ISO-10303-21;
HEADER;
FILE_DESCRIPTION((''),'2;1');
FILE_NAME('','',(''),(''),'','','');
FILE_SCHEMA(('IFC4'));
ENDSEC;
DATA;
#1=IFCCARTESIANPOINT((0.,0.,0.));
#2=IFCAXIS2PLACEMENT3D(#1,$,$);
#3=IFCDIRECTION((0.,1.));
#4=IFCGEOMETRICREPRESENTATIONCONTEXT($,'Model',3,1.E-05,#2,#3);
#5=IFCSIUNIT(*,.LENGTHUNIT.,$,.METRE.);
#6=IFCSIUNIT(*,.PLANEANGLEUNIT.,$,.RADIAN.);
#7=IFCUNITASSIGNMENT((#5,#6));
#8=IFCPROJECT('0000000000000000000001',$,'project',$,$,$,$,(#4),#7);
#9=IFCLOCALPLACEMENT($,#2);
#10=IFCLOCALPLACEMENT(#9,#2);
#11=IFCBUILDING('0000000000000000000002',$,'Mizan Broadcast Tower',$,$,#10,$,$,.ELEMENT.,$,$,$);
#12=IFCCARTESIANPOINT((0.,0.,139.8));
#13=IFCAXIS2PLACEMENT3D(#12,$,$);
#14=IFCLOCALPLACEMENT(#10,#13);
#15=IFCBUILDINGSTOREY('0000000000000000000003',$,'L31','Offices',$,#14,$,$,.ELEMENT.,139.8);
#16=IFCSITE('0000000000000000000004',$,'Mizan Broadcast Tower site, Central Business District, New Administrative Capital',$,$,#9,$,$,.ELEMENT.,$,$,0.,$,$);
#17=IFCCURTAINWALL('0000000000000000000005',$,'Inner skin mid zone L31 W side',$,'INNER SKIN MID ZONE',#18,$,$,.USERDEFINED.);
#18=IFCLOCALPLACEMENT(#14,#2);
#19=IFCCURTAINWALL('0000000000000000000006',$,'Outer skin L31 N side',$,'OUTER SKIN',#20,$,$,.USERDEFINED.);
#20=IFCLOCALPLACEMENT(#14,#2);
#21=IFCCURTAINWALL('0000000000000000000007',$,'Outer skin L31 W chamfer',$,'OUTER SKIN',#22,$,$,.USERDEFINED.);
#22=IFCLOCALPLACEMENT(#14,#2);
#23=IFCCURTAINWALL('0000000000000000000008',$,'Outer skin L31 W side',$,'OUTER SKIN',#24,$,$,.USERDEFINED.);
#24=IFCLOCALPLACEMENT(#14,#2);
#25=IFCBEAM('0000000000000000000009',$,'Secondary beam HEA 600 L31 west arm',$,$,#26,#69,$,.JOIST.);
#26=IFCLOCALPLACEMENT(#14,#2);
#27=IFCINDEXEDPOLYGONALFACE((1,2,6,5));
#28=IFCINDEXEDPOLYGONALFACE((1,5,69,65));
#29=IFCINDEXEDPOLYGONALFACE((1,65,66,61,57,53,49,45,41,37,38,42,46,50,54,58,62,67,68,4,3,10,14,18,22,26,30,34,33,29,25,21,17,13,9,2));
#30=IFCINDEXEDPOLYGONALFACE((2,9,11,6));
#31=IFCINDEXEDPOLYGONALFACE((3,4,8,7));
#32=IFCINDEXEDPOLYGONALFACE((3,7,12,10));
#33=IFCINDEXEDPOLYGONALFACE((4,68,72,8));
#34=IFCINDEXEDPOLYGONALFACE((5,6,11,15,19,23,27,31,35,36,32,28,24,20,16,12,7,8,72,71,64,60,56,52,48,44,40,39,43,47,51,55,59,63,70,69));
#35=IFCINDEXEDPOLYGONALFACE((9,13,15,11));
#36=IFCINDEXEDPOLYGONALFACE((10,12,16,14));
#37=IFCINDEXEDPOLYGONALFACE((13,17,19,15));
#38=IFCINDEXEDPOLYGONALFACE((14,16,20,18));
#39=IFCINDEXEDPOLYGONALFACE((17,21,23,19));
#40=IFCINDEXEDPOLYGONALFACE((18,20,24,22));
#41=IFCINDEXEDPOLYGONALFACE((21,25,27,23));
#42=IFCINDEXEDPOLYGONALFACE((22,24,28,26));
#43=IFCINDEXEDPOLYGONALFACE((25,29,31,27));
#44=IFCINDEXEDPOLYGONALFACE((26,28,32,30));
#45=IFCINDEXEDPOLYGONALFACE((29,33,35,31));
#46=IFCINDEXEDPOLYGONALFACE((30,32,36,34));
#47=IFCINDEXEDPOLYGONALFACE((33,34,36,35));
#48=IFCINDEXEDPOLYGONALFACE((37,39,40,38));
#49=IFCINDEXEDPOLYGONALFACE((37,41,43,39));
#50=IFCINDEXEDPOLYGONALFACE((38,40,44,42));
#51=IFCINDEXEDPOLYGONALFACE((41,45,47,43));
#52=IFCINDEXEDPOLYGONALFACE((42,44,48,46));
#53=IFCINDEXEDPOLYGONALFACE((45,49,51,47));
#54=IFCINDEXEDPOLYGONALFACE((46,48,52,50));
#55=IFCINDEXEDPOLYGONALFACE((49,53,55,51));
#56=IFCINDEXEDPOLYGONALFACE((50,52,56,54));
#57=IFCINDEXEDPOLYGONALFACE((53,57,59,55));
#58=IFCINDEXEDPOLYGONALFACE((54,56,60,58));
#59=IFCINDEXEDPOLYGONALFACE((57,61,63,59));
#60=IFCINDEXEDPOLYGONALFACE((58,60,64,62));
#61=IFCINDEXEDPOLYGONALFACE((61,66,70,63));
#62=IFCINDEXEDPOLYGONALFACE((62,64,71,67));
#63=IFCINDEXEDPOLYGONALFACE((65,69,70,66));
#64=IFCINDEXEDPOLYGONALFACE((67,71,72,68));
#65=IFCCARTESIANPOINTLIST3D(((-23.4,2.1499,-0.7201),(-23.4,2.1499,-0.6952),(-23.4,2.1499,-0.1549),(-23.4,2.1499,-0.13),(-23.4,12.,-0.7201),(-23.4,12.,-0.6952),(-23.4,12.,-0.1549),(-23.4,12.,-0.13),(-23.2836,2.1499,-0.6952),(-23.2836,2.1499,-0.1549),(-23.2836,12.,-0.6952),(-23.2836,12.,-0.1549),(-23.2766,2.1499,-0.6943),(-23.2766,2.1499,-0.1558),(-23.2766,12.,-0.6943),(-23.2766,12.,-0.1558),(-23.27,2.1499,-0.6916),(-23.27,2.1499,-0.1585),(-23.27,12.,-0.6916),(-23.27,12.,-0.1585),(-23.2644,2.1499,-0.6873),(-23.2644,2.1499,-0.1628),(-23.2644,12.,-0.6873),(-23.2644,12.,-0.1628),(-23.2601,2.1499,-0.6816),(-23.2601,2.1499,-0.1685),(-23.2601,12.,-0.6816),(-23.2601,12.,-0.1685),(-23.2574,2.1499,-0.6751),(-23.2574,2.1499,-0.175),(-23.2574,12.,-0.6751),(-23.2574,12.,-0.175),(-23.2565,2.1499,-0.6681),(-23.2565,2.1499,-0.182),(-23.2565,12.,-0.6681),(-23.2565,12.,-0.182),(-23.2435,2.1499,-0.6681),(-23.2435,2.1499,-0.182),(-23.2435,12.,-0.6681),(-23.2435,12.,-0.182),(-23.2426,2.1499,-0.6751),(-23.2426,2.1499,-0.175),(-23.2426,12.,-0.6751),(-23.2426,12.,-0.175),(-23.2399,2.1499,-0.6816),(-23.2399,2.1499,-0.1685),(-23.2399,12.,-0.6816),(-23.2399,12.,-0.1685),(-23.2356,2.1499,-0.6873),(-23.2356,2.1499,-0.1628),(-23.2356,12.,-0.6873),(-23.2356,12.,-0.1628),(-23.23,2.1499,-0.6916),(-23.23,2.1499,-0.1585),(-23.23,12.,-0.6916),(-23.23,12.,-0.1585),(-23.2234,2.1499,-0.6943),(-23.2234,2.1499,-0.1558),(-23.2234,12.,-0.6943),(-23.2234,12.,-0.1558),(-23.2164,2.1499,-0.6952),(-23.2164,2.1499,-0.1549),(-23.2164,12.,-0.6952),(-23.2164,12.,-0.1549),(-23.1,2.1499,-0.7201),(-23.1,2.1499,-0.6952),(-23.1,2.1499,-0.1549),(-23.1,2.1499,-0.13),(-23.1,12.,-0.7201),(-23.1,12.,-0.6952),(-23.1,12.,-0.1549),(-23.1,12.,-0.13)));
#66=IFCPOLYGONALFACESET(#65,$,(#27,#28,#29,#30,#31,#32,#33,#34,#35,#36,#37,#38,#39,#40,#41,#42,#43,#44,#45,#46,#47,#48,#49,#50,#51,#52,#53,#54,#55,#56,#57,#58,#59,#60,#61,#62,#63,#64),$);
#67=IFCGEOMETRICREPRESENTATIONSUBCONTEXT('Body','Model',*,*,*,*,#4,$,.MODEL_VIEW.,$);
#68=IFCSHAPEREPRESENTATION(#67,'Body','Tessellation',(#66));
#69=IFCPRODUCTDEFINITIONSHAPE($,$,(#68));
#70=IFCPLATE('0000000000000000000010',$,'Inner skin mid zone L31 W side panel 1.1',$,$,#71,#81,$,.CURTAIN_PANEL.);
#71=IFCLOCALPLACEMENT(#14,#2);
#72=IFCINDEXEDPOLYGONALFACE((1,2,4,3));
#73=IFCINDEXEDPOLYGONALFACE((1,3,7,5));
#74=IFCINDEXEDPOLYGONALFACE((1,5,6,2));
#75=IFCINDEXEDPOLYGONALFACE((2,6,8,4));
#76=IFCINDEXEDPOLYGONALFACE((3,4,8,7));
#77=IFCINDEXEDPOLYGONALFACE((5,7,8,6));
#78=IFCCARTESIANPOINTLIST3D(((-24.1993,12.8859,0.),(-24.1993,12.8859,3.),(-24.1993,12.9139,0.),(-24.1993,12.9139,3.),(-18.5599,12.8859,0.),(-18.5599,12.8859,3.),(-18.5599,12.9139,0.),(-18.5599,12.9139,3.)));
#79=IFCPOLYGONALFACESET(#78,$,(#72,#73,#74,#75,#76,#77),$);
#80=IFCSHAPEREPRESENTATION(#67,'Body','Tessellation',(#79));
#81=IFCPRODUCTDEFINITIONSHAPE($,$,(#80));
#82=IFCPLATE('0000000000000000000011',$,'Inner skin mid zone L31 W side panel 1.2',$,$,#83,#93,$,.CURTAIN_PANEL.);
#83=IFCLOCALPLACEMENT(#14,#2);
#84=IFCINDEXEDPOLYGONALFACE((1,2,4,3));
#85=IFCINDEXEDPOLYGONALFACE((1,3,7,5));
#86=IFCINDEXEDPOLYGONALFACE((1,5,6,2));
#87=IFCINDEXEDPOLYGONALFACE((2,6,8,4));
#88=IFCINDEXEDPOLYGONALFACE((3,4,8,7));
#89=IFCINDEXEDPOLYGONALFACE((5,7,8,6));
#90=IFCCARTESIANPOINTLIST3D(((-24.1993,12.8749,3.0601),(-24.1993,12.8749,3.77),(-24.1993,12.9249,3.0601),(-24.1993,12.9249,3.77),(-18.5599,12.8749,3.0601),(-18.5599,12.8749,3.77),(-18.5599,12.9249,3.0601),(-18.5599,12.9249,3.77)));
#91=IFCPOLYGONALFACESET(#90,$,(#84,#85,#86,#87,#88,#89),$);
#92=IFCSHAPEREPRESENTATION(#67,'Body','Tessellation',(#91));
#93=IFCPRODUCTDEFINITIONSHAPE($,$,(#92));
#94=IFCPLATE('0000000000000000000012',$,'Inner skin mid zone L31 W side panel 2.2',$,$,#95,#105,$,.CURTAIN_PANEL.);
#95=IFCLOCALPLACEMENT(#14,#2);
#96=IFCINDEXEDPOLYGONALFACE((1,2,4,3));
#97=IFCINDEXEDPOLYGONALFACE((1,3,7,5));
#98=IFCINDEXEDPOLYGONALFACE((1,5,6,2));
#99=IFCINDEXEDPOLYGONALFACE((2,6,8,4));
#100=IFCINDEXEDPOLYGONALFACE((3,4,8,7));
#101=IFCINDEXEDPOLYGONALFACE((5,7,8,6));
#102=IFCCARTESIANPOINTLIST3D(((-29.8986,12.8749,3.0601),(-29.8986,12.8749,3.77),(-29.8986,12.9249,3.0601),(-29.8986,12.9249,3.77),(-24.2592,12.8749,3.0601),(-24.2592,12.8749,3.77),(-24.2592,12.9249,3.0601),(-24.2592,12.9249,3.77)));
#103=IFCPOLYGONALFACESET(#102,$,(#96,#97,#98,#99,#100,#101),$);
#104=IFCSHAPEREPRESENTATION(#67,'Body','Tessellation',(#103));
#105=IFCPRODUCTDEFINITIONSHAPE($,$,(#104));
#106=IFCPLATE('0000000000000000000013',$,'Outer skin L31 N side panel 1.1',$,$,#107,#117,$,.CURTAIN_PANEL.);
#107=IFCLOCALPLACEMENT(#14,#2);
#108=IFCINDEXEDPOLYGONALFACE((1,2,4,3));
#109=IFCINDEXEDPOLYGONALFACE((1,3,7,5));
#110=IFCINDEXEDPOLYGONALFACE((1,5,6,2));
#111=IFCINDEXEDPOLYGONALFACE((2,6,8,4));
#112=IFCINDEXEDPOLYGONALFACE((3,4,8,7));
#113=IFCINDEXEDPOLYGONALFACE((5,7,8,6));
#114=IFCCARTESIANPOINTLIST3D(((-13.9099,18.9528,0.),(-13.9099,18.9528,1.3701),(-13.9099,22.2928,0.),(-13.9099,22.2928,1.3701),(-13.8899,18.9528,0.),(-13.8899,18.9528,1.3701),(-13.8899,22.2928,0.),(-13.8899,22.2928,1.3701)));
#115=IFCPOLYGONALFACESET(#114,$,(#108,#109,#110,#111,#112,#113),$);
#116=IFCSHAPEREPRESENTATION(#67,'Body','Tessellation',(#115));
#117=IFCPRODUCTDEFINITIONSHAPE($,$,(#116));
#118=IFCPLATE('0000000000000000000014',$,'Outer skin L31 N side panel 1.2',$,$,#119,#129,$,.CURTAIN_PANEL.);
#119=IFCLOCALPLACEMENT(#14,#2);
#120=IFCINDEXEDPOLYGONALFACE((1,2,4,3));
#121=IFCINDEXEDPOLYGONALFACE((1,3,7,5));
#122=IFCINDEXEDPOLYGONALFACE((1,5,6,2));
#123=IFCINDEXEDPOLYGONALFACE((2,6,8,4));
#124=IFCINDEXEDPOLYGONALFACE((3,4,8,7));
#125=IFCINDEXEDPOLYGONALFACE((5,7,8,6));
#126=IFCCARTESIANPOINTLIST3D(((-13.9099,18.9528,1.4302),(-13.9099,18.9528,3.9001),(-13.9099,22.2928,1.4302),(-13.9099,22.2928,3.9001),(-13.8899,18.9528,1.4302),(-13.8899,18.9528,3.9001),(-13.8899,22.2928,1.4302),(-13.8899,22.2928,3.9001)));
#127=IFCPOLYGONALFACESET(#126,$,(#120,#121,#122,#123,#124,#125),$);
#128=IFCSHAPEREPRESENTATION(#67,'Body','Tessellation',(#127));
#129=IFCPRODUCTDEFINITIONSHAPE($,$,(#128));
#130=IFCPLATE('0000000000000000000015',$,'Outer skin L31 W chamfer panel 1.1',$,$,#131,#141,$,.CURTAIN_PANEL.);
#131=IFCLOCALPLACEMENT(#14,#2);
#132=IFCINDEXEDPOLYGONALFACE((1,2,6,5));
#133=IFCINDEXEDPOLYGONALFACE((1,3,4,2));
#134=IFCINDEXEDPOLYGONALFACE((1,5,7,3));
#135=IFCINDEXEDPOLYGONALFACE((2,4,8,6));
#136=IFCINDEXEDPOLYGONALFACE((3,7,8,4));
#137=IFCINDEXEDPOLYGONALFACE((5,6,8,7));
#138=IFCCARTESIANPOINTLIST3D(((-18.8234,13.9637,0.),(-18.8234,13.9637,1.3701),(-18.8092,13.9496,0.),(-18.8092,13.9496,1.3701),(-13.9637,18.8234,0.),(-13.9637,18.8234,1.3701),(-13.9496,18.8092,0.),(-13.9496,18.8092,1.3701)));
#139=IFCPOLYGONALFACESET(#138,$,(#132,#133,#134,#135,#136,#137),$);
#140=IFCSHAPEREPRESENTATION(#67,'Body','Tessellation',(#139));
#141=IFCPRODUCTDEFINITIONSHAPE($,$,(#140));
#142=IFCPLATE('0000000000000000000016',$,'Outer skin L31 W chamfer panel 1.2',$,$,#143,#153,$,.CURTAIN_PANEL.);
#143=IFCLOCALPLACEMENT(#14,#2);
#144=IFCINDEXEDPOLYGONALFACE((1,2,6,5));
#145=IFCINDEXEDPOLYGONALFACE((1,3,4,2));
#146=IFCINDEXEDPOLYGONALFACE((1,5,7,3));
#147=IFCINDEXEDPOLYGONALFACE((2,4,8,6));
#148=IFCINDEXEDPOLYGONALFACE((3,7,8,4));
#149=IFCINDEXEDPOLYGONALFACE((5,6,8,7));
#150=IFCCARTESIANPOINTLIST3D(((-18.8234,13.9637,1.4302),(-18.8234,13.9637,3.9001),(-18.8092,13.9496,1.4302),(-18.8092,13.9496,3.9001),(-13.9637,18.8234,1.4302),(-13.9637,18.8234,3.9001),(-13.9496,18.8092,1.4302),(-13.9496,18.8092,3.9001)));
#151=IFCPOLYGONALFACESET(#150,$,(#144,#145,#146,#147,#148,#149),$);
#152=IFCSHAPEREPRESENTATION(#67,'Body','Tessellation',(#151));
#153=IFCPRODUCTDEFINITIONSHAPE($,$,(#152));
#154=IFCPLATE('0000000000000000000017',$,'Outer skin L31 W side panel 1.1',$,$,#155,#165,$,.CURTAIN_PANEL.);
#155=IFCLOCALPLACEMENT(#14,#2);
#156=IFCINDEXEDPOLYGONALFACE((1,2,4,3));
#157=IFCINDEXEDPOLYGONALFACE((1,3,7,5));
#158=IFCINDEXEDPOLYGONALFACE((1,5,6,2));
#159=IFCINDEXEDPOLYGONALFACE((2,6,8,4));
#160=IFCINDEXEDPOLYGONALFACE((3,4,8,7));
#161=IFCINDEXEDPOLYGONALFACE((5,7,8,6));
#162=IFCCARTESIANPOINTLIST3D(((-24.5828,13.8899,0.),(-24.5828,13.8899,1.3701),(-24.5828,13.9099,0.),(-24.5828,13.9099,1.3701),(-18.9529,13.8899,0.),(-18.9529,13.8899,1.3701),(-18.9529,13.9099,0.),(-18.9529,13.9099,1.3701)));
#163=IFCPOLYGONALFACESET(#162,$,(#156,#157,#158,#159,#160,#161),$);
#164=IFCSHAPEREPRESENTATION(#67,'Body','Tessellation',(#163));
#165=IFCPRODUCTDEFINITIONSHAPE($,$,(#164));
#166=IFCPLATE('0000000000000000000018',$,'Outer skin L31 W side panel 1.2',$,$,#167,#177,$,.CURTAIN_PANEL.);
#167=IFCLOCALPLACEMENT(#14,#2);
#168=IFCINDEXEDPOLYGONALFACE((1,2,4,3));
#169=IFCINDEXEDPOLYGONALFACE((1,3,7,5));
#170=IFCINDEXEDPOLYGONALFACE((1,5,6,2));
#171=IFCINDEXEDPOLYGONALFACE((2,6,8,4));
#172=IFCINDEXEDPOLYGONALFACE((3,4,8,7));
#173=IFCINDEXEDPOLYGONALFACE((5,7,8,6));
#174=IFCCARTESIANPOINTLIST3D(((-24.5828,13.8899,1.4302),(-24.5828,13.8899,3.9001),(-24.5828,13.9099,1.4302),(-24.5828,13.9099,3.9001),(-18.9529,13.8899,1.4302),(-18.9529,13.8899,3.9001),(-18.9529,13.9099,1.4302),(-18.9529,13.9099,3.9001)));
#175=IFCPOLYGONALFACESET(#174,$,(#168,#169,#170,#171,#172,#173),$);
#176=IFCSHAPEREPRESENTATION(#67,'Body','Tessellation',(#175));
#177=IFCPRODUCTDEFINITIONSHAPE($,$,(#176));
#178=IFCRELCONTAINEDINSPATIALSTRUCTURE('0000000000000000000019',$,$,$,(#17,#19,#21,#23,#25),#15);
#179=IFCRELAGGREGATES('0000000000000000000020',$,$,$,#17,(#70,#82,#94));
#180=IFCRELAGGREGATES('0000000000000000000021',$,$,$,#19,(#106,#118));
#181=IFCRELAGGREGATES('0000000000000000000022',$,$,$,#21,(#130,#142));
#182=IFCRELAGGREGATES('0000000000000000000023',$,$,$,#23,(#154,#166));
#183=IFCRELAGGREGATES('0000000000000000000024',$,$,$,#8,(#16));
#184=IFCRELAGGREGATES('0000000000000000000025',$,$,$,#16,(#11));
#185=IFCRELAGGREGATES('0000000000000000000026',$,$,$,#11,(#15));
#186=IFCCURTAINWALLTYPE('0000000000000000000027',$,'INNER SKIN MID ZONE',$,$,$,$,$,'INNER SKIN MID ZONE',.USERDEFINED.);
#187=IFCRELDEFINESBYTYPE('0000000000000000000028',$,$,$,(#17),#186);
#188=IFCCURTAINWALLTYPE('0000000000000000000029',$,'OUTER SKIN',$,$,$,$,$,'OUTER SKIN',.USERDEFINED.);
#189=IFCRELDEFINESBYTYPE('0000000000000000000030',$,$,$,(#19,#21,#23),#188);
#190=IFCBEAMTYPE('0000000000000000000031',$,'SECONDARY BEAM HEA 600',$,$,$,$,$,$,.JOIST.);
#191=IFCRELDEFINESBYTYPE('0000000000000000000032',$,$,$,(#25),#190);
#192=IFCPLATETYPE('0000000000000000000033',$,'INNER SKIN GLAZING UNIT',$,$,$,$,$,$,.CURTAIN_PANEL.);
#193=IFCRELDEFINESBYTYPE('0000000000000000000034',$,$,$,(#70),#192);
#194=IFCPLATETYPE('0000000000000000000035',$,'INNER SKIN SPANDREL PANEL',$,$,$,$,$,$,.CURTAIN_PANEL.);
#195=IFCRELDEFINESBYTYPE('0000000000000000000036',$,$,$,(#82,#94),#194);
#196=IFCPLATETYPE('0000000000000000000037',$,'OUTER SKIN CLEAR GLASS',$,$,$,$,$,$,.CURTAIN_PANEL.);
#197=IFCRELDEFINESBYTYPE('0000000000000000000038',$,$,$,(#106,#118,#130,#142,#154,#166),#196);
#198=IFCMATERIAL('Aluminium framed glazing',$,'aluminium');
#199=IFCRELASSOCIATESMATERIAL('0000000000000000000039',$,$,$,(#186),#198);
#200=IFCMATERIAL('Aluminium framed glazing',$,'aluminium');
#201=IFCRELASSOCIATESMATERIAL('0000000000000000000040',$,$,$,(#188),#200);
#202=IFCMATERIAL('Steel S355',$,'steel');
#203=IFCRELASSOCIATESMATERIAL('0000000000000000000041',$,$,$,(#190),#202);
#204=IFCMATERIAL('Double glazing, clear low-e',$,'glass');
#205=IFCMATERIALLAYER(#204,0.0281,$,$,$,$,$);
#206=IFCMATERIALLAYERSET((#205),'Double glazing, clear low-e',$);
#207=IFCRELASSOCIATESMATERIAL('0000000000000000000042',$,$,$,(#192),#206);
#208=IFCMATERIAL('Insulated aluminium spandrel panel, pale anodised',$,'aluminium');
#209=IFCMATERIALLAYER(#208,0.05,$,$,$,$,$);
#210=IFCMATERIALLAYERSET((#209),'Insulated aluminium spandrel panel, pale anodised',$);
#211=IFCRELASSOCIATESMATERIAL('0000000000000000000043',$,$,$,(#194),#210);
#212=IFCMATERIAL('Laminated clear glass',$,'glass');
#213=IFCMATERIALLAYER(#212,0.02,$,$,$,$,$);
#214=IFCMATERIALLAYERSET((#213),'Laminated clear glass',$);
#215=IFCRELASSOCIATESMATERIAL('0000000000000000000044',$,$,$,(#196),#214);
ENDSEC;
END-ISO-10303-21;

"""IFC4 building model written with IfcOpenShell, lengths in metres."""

from ifc_helpers import new_model, si_unit, direction, frame, origin, origin_2d, place, context, subcontext, project, spatial, rectangle, i_section, extrude, material, layer, layer_set, material_profile, profile_set, type_object, element, aggregate, save


model = new_model("IFC4")

# Units and contexts
model_context = context("Model", 3, precision=1e-05, world=origin(), true_north=direction((0.0, 1.0)))
body_context = subcontext(model_context, "Body", "Model", "MODEL_VIEW")
ifc_project = project(units=[si_unit("LENGTHUNIT", "METRE"), si_unit("PLANEANGLEUNIT", "RADIAN")], contexts=[model_context])

# Site, building, storey
site_placement = place(None, origin())
site = spatial("IfcSite", under=ifc_project, at=site_placement, Name="Mizan Broadcast Tower site, Central Business District, New Administrative Capital", CompositionType="ELEMENT", RefElevation=0.0)
building_placement = place(site_placement, origin())
building = spatial("IfcBuilding", under=site, at=building_placement, Name="Mizan Broadcast Tower", CompositionType="ELEMENT")
storey_placement = place(building_placement, frame((0.0, 0.0, 139.8)))
storey = spatial("IfcBuildingStorey", under=building, at=storey_placement, Name="L31", Description="Offices", CompositionType="ELEMENT", Elevation=139.8)

# Curtain wall
ifc_material_1 = material(Name="Aluminium framed glazing", Category="aluminium")
curtain_wall_type_1 = type_object("IfcCurtainWallType", Name="INNER SKIN MID ZONE", ElementType="INNER SKIN MID ZONE", PredefinedType="USERDEFINED", material=ifc_material_1)
curtain_wall_1_placement = place(storey_placement, origin())
curtain_wall_1 = element("IfcCurtainWall", 1, at=curtain_wall_1_placement, inside=storey, type_object=curtain_wall_type_1, Name="Inner skin mid zone L31 W side", ObjectType="INNER SKIN MID ZONE", PredefinedType="USERDEFINED")

# Curtain walls
ifc_material_2 = material(Name="Aluminium framed glazing", Category="aluminium")
curtain_wall_type_2 = type_object("IfcCurtainWallType", Name="OUTER SKIN", ElementType="OUTER SKIN", PredefinedType="USERDEFINED", material=ifc_material_2)
curtain_wall_2_placement = place(storey_placement, origin())
curtain_wall_2 = element("IfcCurtainWall", 2, at=curtain_wall_2_placement, inside=storey, type_object=curtain_wall_type_2, Name="Outer skin L31 N side", ObjectType="OUTER SKIN", PredefinedType="USERDEFINED")
curtain_wall_3_placement = place(storey_placement, origin())
curtain_wall_3 = element("IfcCurtainWall", 3, at=curtain_wall_3_placement, inside=storey, type_object=curtain_wall_type_2, Name="Outer skin L31 W chamfer", ObjectType="OUTER SKIN", PredefinedType="USERDEFINED")
curtain_wall_4_placement = place(storey_placement, origin())
curtain_wall_4 = element("IfcCurtainWall", 4, at=curtain_wall_4_placement, inside=storey, type_object=curtain_wall_type_2, Name="Outer skin L31 W side", ObjectType="OUTER SKIN", PredefinedType="USERDEFINED")

# Beam
ifc_material_3 = material(Name="Steel S355", Category="steel")
ifc_material_profile_1 = material_profile(ifc_material_3, i_section(OverallWidth=0.3, OverallDepth=0.5901, WebThickness=0.0129, FlangeThickness=0.0249, FilletRadius=0.0271, at=origin_2d()), Name="HEA 600")
ifc_profile_set_1 = profile_set([ifc_material_profile_1], Name="Steel S355")
beam_type_1 = type_object("IfcBeamType", Name="SECONDARY BEAM HEA 600", PredefinedType="JOIST", material=ifc_profile_set_1)
for number, where, z_axis, x_axis, name in (
    (5, (-23.25, 12.0, -0.425), (0.0, -1.0, 0.0), (1.0, 0.0, 0.0), "Secondary beam HEA 600 L31 west arm"),
):
    element("IfcBeam", number, at=place(storey_placement, frame(where, z_axis=z_axis, x_axis=x_axis)), inside=storey, type_object=beam_type_1, Name=name, PredefinedType="JOIST", context=body_context, shape_type="SweptSolid", body=[
        extrude(i_section(OverallWidth=0.3, OverallDepth=0.5901, WebThickness=0.0129, FlangeThickness=0.0249, FilletRadius=0.0271, at=origin_2d()), origin(), (0.0, 0.0, 1.0), 9.8501),
    ])

# Plates
ifc_material_4 = material(Name="Double glazing, clear low-e", Category="glass")
ifc_layer_1 = layer(ifc_material_4, 0.0281)
ifc_layer_set_1 = layer_set([ifc_layer_1], Name="Double glazing, clear low-e")
plate_type_1 = type_object("IfcPlateType", Name="INNER SKIN GLAZING UNIT", PredefinedType="CURTAIN_PANEL", material=ifc_layer_set_1)
plate_1_placement = place(storey_placement, frame((-21.3796, 12.8999, 0.0), z_axis=(0.0, 0.0, 1.0), x_axis=(-1.0, 0.0, 0.0)))
plate_1 = element("IfcPlate", 6, at=plate_1_placement, type_object=plate_type_1, Name="Inner skin mid zone L31 W side panel 1.1", PredefinedType="CURTAIN_PANEL", context=body_context, shape_type="SweptSolid", body=[
    extrude(rectangle(XDim=5.6394, YDim=0.0281, at=origin_2d()), origin(), (0.0, 0.0, 1.0), 3.0),
])
ifc_material_5 = material(Name="Insulated aluminium spandrel panel, pale anodised", Category="aluminium")
ifc_layer_2 = layer(ifc_material_5, 0.05)
ifc_layer_set_2 = layer_set([ifc_layer_2], Name="Insulated aluminium spandrel panel, pale anodised")
plate_type_2 = type_object("IfcPlateType", Name="INNER SKIN SPANDREL PANEL", PredefinedType="CURTAIN_PANEL", material=ifc_layer_set_2)
plate_2_placement = place(storey_placement, frame((-21.3796, 12.8999, 3.0601), z_axis=(0.0, 0.0, 1.0), x_axis=(-1.0, 0.0, 0.0)))
plate_2 = element("IfcPlate", 7, at=plate_2_placement, type_object=plate_type_2, Name="Inner skin mid zone L31 W side panel 1.2", PredefinedType="CURTAIN_PANEL", context=body_context, shape_type="SweptSolid", body=[
    extrude(rectangle(XDim=5.6394, YDim=0.05, at=origin_2d()), origin(), (0.0, 0.0, 1.0), 0.71),
])
plate_3_placement = place(storey_placement, frame((-27.0789, 12.8999, 3.0601), z_axis=(0.0, 0.0, 1.0), x_axis=(-1.0, 0.0, 0.0)))
plate_3 = element("IfcPlate", 8, at=plate_3_placement, type_object=plate_type_2, Name="Inner skin mid zone L31 W side panel 2.2", PredefinedType="CURTAIN_PANEL", context=body_context, shape_type="SweptSolid", body=[
    extrude(rectangle(XDim=5.6394, YDim=0.05, at=origin_2d()), origin(), (0.0, 0.0, 1.0), 0.71),
])
aggregate(curtain_wall_1, [plate_1, plate_2, plate_3])
ifc_material_6 = material(Name="Laminated clear glass", Category="glass")
ifc_layer_3 = layer(ifc_material_6, 0.02)
ifc_layer_set_3 = layer_set([ifc_layer_3], Name="Laminated clear glass")
plate_type_3 = type_object("IfcPlateType", Name="OUTER SKIN CLEAR GLASS", PredefinedType="CURTAIN_PANEL", material=ifc_layer_set_3)
plate_4_placement = place(storey_placement, frame((-13.8999, 20.6228, 0.0), z_axis=(0.0, 0.0, 1.0), x_axis=(0.0, -1.0, 0.0)))
plate_4 = element("IfcPlate", 9, at=plate_4_placement, type_object=plate_type_3, Name="Outer skin L31 N side panel 1.1", PredefinedType="CURTAIN_PANEL", context=body_context, shape_type="SweptSolid", body=[
    extrude(rectangle(XDim=3.3401, YDim=0.02, at=origin_2d()), origin(), (0.0, 0.0, 1.0), 1.3701),
])
plate_5_placement = place(storey_placement, frame((-13.8999, 20.6228, 1.4302), z_axis=(0.0, 0.0, 1.0), x_axis=(0.0, -1.0, 0.0)))
plate_5 = element("IfcPlate", 10, at=plate_5_placement, type_object=plate_type_3, Name="Outer skin L31 N side panel 1.2", PredefinedType="CURTAIN_PANEL", context=body_context, shape_type="SweptSolid", body=[
    extrude(rectangle(XDim=3.3401, YDim=0.02, at=origin_2d()), origin(), (0.0, 0.0, 1.0), 2.47),
])
aggregate(curtain_wall_2, [plate_4, plate_5])
plate_6_placement = place(storey_placement, frame((-16.3865, 16.3865, 0.0), z_axis=(0.0, 0.0, 1.0), x_axis=(-0.707107, -0.707107, 0.0)))
plate_6 = element("IfcPlate", 11, at=plate_6_placement, type_object=plate_type_3, Name="Outer skin L31 W chamfer panel 1.1", PredefinedType="CURTAIN_PANEL", context=body_context, shape_type="SweptSolid", body=[
    extrude(rectangle(XDim=6.8726, YDim=0.02, at=origin_2d()), origin(), (0.0, 0.0, 1.0), 1.3701),
])
plate_7_placement = place(storey_placement, frame((-16.3865, 16.3865, 1.4302), z_axis=(0.0, 0.0, 1.0), x_axis=(-0.707107, -0.707107, 0.0)))
plate_7 = element("IfcPlate", 12, at=plate_7_placement, type_object=plate_type_3, Name="Outer skin L31 W chamfer panel 1.2", PredefinedType="CURTAIN_PANEL", context=body_context, shape_type="SweptSolid", body=[
    extrude(rectangle(XDim=6.8726, YDim=0.02, at=origin_2d()), origin(), (0.0, 0.0, 1.0), 2.47),
])
aggregate(curtain_wall_3, [plate_6, plate_7])
plate_8_placement = place(storey_placement, frame((-21.7678, 13.8999, 0.0), z_axis=(0.0, 0.0, 1.0), x_axis=(-1.0, 0.0, 0.0)))
plate_8 = element("IfcPlate", 13, at=plate_8_placement, type_object=plate_type_3, Name="Outer skin L31 W side panel 1.1", PredefinedType="CURTAIN_PANEL", context=body_context, shape_type="SweptSolid", body=[
    extrude(rectangle(XDim=5.6299, YDim=0.02, at=origin_2d()), origin(), (0.0, 0.0, 1.0), 1.3701),
])
plate_9_placement = place(storey_placement, frame((-21.7678, 13.8999, 1.4302), z_axis=(0.0, 0.0, 1.0), x_axis=(-1.0, 0.0, 0.0)))
plate_9 = element("IfcPlate", 14, at=plate_9_placement, type_object=plate_type_3, Name="Outer skin L31 W side panel 1.2", PredefinedType="CURTAIN_PANEL", context=body_context, shape_type="SweptSolid", body=[
    extrude(rectangle(XDim=5.6299, YDim=0.02, at=origin_2d()), origin(), (0.0, 0.0, 1.0), 2.47),
])
aggregate(curtain_wall_4, [plate_8, plate_9])

save(model, "model.ifc")
